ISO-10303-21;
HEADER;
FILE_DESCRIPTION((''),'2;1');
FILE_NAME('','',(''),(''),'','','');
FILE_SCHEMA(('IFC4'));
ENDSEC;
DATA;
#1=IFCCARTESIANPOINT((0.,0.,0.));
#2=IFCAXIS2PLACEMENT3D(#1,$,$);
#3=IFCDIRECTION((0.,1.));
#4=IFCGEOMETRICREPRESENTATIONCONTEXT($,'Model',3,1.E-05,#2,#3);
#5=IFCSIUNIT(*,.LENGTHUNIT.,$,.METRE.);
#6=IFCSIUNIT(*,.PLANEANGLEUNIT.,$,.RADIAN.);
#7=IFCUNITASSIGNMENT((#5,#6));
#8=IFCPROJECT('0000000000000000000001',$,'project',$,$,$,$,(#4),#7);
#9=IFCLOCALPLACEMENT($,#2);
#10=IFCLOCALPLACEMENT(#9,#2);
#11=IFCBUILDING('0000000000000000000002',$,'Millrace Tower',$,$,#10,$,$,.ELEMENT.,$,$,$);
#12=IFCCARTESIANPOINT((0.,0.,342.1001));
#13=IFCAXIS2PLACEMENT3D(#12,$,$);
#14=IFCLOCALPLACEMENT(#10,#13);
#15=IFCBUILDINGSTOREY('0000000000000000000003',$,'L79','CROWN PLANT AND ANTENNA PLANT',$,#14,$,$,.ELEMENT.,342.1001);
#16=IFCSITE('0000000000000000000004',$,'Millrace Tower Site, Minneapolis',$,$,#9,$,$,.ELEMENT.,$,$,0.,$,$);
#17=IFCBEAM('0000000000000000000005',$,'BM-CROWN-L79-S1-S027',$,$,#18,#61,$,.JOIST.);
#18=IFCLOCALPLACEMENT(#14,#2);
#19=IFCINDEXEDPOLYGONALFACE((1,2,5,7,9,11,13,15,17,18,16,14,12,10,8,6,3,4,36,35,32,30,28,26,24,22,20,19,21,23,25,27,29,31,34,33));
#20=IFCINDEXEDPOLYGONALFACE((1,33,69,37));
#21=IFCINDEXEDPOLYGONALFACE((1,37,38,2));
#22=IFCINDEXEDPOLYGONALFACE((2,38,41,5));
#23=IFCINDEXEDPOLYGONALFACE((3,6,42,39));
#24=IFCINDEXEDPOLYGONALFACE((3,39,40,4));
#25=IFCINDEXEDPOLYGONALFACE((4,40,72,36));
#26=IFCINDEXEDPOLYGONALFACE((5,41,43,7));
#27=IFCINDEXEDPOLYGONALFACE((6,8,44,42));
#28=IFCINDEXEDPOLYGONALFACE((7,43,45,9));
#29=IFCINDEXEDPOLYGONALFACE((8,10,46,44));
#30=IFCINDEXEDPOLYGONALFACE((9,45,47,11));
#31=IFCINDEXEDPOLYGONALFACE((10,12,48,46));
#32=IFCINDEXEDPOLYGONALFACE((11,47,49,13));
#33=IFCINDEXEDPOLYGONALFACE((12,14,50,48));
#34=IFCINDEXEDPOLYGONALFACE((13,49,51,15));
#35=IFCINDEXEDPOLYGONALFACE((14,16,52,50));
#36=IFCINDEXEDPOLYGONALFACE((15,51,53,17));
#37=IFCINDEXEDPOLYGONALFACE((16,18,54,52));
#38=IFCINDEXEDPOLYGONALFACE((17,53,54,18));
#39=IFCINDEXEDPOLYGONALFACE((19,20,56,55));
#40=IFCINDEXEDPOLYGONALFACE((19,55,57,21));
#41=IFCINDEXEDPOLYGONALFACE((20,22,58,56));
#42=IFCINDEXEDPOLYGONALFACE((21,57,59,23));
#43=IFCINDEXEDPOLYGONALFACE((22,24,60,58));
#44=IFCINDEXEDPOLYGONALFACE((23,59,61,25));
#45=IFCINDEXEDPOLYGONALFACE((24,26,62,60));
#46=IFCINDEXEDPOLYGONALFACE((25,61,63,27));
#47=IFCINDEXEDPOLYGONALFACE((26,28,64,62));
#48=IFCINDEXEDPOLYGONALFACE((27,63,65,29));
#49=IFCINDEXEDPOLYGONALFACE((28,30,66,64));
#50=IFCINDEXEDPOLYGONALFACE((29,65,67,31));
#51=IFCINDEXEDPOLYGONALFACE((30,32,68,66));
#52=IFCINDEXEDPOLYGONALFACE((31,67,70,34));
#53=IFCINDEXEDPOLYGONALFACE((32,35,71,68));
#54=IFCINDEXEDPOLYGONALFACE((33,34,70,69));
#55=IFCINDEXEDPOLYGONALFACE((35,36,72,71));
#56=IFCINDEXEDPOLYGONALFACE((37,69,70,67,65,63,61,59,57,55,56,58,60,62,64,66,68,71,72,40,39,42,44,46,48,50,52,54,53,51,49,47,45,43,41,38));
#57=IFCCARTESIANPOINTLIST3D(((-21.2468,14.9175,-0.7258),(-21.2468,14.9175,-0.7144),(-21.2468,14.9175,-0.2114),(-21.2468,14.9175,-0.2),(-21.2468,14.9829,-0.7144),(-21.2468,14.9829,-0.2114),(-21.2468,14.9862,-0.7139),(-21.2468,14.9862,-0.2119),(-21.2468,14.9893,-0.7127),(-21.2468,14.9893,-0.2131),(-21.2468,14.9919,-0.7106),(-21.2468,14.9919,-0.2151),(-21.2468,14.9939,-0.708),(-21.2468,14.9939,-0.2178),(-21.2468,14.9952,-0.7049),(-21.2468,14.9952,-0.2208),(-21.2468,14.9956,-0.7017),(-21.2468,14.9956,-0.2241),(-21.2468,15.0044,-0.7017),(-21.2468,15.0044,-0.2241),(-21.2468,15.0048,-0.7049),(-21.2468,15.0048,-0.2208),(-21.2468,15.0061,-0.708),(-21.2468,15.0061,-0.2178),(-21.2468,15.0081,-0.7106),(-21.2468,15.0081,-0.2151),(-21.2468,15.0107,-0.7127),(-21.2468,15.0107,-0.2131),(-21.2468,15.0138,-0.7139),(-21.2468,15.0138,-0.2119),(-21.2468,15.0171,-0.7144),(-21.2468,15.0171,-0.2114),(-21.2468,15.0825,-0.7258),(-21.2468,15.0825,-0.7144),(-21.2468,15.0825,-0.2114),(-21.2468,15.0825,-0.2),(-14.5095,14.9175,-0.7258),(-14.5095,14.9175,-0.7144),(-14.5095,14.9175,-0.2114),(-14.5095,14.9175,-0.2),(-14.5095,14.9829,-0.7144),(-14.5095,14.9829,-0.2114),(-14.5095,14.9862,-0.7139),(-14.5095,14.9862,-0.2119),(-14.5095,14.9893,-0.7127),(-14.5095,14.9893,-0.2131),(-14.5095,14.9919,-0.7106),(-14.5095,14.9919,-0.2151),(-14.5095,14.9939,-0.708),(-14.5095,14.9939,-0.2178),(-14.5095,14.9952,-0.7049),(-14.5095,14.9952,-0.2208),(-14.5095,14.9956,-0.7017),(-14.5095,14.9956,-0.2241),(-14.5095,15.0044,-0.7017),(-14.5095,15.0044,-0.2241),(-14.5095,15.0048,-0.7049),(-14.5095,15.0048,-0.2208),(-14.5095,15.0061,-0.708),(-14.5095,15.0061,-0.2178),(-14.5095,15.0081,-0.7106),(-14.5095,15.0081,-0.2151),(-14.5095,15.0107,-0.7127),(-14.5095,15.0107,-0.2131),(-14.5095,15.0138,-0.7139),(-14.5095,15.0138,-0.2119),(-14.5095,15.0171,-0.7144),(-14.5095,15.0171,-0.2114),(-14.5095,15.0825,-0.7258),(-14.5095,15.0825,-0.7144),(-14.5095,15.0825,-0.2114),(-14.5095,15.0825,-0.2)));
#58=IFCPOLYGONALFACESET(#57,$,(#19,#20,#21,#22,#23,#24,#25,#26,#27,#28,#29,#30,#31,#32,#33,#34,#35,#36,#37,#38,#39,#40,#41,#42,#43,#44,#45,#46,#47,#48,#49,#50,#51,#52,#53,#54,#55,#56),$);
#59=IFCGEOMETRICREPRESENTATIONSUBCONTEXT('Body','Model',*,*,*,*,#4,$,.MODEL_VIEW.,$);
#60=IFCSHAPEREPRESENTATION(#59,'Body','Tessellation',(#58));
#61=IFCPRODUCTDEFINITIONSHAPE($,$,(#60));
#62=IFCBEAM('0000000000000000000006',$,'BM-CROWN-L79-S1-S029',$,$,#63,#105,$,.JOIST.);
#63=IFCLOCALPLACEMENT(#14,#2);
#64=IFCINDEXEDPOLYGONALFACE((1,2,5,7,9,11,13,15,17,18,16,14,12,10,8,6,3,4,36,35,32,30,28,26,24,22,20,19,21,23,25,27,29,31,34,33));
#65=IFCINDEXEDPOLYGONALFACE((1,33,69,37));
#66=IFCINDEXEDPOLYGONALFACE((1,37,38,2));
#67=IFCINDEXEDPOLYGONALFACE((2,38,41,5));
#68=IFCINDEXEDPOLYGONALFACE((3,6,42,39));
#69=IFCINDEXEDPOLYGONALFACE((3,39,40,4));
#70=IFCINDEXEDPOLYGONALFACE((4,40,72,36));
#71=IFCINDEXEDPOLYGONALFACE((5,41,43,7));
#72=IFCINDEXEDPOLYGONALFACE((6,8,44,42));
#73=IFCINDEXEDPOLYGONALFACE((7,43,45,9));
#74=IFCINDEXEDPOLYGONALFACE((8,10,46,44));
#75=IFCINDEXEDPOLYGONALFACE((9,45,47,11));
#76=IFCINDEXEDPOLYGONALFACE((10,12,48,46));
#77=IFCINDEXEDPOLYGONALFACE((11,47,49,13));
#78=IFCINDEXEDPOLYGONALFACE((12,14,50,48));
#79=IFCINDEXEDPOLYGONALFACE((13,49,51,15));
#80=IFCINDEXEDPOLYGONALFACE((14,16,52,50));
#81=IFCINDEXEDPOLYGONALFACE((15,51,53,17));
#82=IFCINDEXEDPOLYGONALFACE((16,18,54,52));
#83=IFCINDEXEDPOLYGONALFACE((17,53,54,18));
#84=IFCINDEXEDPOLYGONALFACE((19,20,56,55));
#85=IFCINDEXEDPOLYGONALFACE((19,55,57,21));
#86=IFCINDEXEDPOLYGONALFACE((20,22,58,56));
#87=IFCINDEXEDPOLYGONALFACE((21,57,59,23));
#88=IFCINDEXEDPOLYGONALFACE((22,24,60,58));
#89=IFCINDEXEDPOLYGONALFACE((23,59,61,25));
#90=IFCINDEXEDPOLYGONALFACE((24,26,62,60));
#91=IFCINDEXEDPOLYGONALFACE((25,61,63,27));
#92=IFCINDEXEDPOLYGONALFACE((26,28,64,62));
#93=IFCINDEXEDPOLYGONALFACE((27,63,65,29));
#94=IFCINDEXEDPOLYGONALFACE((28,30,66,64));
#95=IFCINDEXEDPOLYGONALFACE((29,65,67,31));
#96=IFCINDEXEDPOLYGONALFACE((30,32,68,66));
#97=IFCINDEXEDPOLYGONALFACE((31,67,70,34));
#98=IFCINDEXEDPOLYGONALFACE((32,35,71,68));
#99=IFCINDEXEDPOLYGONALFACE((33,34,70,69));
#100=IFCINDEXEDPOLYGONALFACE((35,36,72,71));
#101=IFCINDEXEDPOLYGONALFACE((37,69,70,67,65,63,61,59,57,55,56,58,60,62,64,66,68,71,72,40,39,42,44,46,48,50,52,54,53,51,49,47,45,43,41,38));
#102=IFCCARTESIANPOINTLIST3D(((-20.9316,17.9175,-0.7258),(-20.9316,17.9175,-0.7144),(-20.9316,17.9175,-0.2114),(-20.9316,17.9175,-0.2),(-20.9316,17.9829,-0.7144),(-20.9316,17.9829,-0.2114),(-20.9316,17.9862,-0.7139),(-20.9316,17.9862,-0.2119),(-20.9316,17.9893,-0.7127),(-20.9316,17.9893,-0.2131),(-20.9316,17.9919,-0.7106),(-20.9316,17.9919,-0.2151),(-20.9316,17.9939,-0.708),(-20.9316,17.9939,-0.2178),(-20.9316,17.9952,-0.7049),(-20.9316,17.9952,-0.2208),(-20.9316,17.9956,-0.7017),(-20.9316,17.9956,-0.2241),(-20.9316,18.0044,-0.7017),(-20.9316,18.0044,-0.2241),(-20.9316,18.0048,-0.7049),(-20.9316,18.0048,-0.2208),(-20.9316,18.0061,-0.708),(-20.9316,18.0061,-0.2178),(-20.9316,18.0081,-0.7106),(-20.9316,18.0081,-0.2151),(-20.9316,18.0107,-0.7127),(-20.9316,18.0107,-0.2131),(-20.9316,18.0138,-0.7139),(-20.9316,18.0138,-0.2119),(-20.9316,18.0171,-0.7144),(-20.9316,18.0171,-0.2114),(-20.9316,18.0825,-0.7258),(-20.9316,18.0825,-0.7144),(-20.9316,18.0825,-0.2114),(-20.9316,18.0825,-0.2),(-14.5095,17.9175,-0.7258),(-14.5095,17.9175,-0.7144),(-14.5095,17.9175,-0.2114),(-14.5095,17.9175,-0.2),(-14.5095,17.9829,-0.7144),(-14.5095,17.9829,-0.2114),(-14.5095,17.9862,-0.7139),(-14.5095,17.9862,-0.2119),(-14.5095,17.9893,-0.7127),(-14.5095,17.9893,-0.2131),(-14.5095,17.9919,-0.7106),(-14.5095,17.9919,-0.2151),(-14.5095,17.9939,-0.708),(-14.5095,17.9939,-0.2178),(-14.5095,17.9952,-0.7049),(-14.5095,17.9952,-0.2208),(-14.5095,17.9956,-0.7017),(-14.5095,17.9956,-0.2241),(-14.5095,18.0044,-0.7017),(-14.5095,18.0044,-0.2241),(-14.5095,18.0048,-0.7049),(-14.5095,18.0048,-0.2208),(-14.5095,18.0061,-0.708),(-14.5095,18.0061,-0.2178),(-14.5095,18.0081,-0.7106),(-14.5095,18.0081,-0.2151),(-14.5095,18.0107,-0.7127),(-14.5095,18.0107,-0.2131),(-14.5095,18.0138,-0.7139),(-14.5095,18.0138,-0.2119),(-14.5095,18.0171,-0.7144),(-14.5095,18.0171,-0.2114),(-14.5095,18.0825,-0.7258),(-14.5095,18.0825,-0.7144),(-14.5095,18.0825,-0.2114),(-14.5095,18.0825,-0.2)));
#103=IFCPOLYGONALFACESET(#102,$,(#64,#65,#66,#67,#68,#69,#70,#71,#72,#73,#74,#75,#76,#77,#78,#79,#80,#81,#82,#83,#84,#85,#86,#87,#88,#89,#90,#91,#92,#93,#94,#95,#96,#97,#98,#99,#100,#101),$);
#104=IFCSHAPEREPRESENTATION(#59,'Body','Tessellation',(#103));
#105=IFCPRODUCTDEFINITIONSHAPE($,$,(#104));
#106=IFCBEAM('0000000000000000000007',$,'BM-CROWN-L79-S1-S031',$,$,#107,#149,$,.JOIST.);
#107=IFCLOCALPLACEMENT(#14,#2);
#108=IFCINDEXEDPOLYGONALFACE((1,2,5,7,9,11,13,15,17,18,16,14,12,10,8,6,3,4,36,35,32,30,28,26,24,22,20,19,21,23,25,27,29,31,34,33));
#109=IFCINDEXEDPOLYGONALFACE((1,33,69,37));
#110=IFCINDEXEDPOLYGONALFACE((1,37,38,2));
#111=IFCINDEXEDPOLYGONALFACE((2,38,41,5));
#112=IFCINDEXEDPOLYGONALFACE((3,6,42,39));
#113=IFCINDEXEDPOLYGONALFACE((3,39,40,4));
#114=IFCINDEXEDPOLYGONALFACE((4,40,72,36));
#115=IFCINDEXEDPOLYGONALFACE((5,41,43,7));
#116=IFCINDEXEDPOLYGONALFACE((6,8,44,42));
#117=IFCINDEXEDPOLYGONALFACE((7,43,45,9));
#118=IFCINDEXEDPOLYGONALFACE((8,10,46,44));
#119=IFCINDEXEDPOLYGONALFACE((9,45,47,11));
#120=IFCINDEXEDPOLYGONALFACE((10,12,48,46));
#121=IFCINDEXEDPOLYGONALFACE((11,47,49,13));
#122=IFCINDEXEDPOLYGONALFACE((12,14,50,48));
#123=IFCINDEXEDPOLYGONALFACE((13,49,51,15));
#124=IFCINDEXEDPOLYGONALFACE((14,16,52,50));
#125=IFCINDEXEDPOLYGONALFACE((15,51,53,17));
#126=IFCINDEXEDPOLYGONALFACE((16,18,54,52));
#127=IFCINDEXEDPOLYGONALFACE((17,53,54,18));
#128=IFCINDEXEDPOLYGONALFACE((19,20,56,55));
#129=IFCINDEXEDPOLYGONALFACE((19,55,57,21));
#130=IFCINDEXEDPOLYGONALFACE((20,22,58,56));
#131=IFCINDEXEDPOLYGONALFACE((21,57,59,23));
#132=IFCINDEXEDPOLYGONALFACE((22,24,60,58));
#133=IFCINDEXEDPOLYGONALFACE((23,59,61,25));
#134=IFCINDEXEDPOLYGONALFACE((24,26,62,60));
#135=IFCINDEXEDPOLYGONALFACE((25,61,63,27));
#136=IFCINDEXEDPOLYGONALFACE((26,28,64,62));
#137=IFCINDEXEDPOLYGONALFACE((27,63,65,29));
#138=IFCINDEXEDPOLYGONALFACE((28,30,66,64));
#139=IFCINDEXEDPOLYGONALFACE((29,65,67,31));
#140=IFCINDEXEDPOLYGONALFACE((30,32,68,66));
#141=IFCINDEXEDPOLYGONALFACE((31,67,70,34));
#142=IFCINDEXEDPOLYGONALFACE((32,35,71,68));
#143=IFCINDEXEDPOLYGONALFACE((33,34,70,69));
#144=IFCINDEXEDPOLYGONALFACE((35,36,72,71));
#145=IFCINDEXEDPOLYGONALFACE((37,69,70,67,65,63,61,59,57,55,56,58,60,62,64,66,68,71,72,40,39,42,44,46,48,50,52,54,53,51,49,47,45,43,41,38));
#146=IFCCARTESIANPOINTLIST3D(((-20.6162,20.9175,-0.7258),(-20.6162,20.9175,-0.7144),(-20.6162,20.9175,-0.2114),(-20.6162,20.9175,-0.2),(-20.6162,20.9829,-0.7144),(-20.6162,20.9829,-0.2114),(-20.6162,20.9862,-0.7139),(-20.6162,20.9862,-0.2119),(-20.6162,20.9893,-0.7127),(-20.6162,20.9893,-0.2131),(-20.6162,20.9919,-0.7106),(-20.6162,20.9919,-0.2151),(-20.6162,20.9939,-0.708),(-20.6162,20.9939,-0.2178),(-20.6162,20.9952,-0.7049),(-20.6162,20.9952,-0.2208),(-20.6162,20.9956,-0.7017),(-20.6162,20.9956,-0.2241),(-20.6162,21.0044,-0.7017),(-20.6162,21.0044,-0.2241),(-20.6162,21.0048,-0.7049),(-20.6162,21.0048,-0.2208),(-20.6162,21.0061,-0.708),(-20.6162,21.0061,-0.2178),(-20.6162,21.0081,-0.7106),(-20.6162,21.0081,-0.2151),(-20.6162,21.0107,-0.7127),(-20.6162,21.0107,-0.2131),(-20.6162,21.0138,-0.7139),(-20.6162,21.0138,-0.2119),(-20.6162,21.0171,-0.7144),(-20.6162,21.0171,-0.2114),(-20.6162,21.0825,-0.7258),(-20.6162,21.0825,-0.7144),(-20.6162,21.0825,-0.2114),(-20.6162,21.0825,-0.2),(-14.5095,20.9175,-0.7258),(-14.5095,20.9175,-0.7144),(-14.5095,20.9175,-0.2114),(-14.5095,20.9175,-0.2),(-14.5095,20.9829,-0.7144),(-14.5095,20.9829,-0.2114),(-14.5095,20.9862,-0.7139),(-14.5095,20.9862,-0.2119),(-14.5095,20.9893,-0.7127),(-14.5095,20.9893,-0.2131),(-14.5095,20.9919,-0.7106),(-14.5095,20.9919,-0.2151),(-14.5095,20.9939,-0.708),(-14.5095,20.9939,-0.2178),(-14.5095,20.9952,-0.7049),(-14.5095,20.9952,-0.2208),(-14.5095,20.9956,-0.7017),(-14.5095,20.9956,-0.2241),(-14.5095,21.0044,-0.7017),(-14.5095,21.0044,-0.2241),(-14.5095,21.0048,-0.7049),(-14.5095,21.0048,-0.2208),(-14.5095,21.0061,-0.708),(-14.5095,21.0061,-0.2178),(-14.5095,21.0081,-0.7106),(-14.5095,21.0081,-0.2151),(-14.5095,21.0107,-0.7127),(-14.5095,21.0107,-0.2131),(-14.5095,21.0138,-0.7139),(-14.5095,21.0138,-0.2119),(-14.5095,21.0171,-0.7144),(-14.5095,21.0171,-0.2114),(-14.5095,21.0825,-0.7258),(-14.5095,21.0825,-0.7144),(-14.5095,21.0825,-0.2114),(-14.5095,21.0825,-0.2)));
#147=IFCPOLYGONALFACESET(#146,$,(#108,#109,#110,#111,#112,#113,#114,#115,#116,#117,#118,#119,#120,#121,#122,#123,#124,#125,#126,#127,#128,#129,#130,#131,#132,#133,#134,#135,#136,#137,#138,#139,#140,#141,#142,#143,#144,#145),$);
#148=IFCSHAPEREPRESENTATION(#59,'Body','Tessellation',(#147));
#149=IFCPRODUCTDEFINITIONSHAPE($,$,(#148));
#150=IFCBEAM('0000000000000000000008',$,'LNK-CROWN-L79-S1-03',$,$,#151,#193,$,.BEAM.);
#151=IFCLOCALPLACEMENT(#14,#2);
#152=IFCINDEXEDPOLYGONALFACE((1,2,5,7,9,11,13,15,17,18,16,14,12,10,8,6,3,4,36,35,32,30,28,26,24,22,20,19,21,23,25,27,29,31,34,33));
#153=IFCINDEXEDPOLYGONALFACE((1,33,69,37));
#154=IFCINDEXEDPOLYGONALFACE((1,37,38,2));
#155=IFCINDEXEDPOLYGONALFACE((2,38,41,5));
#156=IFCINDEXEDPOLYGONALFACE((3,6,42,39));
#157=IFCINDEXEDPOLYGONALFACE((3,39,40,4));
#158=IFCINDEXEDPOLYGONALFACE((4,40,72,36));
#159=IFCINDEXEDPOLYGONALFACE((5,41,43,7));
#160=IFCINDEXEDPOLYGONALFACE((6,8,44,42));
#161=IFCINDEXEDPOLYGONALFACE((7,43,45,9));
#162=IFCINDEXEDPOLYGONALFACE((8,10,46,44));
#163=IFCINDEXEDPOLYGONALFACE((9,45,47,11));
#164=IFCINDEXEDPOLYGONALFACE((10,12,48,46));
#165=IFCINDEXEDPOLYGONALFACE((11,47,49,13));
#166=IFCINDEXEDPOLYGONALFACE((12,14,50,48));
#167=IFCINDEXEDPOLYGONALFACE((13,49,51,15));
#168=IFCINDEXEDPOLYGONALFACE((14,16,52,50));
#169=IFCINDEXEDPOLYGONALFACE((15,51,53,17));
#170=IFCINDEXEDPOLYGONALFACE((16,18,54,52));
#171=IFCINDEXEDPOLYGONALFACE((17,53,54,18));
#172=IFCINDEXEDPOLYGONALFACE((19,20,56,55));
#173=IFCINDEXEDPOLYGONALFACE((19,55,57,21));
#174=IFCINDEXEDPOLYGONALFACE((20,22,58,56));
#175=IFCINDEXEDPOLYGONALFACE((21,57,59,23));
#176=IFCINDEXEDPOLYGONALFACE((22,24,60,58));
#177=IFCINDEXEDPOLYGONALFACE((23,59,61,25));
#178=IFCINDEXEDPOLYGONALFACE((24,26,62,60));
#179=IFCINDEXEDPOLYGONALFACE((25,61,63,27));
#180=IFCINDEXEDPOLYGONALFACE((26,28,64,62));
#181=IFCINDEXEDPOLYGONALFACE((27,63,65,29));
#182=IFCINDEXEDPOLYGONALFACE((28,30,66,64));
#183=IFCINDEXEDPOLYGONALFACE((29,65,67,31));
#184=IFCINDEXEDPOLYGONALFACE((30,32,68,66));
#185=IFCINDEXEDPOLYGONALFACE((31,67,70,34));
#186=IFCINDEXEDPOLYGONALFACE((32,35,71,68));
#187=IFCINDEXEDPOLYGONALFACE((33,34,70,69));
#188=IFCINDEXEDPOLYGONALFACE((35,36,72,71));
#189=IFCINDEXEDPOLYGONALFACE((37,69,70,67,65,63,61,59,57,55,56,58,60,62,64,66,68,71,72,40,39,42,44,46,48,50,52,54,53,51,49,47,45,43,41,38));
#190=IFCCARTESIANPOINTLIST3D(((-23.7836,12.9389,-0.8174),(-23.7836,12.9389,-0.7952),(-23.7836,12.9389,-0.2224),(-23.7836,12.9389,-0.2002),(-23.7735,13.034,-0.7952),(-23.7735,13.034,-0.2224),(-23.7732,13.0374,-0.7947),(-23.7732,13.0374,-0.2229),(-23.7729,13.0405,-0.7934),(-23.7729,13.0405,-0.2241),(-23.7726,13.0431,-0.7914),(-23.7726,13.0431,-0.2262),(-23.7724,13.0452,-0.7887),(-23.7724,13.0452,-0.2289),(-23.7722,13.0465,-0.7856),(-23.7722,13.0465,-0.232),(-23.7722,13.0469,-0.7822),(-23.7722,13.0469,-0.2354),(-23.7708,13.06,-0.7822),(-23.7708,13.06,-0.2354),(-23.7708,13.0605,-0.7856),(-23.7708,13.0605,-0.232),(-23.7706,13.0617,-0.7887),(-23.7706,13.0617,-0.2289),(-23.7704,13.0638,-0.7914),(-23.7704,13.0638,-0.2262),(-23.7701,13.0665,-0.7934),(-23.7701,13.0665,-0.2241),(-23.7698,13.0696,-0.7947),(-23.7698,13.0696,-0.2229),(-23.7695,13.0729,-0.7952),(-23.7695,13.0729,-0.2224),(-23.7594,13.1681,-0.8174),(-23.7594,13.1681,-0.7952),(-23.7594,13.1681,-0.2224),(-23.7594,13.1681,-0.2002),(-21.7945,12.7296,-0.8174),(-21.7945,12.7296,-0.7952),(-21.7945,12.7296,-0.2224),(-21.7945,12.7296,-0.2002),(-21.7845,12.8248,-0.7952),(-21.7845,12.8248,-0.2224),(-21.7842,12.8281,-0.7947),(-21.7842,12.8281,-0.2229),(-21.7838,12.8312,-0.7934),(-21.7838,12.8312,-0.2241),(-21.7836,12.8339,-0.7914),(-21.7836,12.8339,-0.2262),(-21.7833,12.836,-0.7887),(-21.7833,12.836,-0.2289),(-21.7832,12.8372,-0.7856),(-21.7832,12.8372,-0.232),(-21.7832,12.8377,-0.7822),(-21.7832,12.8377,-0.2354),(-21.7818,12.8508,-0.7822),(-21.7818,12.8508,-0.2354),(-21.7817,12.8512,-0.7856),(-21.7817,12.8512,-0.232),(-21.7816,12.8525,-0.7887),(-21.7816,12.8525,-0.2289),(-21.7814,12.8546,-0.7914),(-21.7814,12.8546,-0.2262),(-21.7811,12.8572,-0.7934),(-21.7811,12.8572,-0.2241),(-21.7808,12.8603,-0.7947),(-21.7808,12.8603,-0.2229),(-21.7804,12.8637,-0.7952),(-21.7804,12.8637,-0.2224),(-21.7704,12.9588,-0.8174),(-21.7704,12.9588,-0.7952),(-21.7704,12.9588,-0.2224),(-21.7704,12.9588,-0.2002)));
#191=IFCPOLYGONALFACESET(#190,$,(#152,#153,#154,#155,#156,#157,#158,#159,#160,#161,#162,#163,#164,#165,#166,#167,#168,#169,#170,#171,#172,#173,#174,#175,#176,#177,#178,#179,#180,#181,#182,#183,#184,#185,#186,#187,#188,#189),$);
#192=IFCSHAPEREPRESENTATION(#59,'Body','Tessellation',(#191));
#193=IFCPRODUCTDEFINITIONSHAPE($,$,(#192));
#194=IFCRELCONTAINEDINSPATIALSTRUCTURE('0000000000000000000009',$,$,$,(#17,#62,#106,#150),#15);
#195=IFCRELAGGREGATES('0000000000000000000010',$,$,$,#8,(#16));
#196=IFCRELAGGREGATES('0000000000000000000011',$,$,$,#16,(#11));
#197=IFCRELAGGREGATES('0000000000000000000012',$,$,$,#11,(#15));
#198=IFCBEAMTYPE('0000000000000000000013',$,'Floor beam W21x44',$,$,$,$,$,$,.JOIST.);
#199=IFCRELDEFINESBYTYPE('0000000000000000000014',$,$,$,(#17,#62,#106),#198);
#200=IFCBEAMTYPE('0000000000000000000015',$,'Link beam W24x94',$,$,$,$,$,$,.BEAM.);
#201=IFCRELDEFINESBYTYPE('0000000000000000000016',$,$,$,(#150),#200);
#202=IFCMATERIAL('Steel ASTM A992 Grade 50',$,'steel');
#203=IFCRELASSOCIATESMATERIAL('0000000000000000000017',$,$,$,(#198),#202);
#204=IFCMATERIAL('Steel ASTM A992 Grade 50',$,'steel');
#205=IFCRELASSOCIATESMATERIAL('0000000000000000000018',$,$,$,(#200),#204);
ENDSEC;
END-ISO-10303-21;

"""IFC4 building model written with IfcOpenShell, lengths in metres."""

from ifc_helpers import new_model, si_unit, direction, frame, origin, origin_2d, place, context, subcontext, project, spatial, i_section, extrude, material, material_profile, profile_set, type_object, element, save


model = new_model("IFC4")

# Units and contexts
model_context = context("Model", 3, precision=1e-05, world=origin(), true_north=direction((0.0, 1.0)))
body_context = subcontext(model_context, "Body", "Model", "MODEL_VIEW")
ifc_project = project(units=[si_unit("LENGTHUNIT", "METRE"), si_unit("PLANEANGLEUNIT", "RADIAN")], contexts=[model_context])

# Site, building, storey
site_placement = place(None, origin())
site = spatial("IfcSite", under=ifc_project, at=site_placement, Name="Millrace Tower Site, Minneapolis", CompositionType="ELEMENT", RefElevation=0.0)
building_placement = place(site_placement, origin())
building = spatial("IfcBuilding", under=site, at=building_placement, Name="Millrace Tower", CompositionType="ELEMENT")
storey_placement = place(building_placement, frame((0.0, 0.0, 342.1001)))
storey = spatial("IfcBuildingStorey", under=building, at=storey_placement, Name="L79", Description="CROWN PLANT AND ANTENNA PLANT", CompositionType="ELEMENT", Elevation=342.1001)

# Beams
ifc_material_1 = material(Name="Steel ASTM A992 Grade 50", Category="steel")
ifc_material_profile_1 = material_profile(ifc_material_1, i_section(OverallWidth=0.165, OverallDepth=0.5259, WebThickness=0.0088, FlangeThickness=0.0115, FilletRadius=0.0127, at=origin_2d()))
ifc_profile_set_1 = profile_set([ifc_material_profile_1], Name="Steel ASTM A992 Grade 50")
beam_type_1 = type_object("IfcBeamType", Name="Floor beam W21x44", PredefinedType="JOIST", material=ifc_profile_set_1)
beam_1_placement = place(storey_placement, frame((-21.2468, 15.0, -0.4629), z_axis=(1.0, 0.0, 0.0), x_axis=(0.0, 1.0, 0.0)))
element("IfcBeam", 1, at=beam_1_placement, inside=storey, type_object=beam_type_1, Name="BM-CROWN-L79-S1-S027", PredefinedType="JOIST", context=body_context, shape_type="SweptSolid", body=[
    extrude(i_section(OverallWidth=0.165, OverallDepth=0.5259, WebThickness=0.0088, FlangeThickness=0.0115, FilletRadius=0.0127, at=origin_2d()), origin(), (0.0, 0.0, 1.0), 6.7373),
])
beam_2_placement = place(storey_placement, frame((-20.9316, 18.0, -0.4629), z_axis=(1.0, 0.0, 0.0), x_axis=(0.0, 1.0, 0.0)))
element("IfcBeam", 2, at=beam_2_placement, inside=storey, type_object=beam_type_1, Name="BM-CROWN-L79-S1-S029", PredefinedType="JOIST", context=body_context, shape_type="SweptSolid", body=[
    extrude(i_section(OverallWidth=0.165, OverallDepth=0.5259, WebThickness=0.0088, FlangeThickness=0.0115, FilletRadius=0.0127, at=origin_2d()), origin(), (0.0, 0.0, 1.0), 6.4221),
])
beam_3_placement = place(storey_placement, frame((-20.6162, 21.0, -0.4629), z_axis=(1.0, 0.0, 0.0), x_axis=(0.0, 1.0, 0.0)))
element("IfcBeam", 3, at=beam_3_placement, inside=storey, type_object=beam_type_1, Name="BM-CROWN-L79-S1-S031", PredefinedType="JOIST", context=body_context, shape_type="SweptSolid", body=[
    extrude(i_section(OverallWidth=0.165, OverallDepth=0.5259, WebThickness=0.0088, FlangeThickness=0.0115, FilletRadius=0.0127, at=origin_2d()), origin(), (0.0, 0.0, 1.0), 6.1067),
])
ifc_material_2 = material(Name="Steel ASTM A992 Grade 50", Category="steel")
ifc_material_profile_2 = material_profile(ifc_material_2, i_section(OverallWidth=0.2305, OverallDepth=0.6172, WebThickness=0.0132, FlangeThickness=0.0222, FilletRadius=0.0129, at=origin_2d()))
ifc_profile_set_2 = profile_set([ifc_material_profile_2], Name="Steel ASTM A992 Grade 50")
beam_type_2 = type_object("IfcBeamType", Name="Link beam W24x94", PredefinedType="BEAM", material=ifc_profile_set_2)
beam_4_placement = place(storey_placement, frame((-21.7825, 12.8442, -0.5088), z_axis=(-0.994513, 0.104615, 0.0), x_axis=(-0.104615, -0.994513, 0.0)))
element("IfcBeam", 4, at=beam_4_placement, inside=storey, type_object=beam_type_2, Name="LNK-CROWN-L79-S1-03", PredefinedType="BEAM", context=body_context, shape_type="SweptSolid", body=[
    extrude(i_section(OverallWidth=0.2305, OverallDepth=0.6172, WebThickness=0.0132, FlangeThickness=0.0222, FilletRadius=0.0129, at=origin_2d()), origin(), (0.0, 0.0, 1.0), 2.0),
])

save(model, "model.ifc")
